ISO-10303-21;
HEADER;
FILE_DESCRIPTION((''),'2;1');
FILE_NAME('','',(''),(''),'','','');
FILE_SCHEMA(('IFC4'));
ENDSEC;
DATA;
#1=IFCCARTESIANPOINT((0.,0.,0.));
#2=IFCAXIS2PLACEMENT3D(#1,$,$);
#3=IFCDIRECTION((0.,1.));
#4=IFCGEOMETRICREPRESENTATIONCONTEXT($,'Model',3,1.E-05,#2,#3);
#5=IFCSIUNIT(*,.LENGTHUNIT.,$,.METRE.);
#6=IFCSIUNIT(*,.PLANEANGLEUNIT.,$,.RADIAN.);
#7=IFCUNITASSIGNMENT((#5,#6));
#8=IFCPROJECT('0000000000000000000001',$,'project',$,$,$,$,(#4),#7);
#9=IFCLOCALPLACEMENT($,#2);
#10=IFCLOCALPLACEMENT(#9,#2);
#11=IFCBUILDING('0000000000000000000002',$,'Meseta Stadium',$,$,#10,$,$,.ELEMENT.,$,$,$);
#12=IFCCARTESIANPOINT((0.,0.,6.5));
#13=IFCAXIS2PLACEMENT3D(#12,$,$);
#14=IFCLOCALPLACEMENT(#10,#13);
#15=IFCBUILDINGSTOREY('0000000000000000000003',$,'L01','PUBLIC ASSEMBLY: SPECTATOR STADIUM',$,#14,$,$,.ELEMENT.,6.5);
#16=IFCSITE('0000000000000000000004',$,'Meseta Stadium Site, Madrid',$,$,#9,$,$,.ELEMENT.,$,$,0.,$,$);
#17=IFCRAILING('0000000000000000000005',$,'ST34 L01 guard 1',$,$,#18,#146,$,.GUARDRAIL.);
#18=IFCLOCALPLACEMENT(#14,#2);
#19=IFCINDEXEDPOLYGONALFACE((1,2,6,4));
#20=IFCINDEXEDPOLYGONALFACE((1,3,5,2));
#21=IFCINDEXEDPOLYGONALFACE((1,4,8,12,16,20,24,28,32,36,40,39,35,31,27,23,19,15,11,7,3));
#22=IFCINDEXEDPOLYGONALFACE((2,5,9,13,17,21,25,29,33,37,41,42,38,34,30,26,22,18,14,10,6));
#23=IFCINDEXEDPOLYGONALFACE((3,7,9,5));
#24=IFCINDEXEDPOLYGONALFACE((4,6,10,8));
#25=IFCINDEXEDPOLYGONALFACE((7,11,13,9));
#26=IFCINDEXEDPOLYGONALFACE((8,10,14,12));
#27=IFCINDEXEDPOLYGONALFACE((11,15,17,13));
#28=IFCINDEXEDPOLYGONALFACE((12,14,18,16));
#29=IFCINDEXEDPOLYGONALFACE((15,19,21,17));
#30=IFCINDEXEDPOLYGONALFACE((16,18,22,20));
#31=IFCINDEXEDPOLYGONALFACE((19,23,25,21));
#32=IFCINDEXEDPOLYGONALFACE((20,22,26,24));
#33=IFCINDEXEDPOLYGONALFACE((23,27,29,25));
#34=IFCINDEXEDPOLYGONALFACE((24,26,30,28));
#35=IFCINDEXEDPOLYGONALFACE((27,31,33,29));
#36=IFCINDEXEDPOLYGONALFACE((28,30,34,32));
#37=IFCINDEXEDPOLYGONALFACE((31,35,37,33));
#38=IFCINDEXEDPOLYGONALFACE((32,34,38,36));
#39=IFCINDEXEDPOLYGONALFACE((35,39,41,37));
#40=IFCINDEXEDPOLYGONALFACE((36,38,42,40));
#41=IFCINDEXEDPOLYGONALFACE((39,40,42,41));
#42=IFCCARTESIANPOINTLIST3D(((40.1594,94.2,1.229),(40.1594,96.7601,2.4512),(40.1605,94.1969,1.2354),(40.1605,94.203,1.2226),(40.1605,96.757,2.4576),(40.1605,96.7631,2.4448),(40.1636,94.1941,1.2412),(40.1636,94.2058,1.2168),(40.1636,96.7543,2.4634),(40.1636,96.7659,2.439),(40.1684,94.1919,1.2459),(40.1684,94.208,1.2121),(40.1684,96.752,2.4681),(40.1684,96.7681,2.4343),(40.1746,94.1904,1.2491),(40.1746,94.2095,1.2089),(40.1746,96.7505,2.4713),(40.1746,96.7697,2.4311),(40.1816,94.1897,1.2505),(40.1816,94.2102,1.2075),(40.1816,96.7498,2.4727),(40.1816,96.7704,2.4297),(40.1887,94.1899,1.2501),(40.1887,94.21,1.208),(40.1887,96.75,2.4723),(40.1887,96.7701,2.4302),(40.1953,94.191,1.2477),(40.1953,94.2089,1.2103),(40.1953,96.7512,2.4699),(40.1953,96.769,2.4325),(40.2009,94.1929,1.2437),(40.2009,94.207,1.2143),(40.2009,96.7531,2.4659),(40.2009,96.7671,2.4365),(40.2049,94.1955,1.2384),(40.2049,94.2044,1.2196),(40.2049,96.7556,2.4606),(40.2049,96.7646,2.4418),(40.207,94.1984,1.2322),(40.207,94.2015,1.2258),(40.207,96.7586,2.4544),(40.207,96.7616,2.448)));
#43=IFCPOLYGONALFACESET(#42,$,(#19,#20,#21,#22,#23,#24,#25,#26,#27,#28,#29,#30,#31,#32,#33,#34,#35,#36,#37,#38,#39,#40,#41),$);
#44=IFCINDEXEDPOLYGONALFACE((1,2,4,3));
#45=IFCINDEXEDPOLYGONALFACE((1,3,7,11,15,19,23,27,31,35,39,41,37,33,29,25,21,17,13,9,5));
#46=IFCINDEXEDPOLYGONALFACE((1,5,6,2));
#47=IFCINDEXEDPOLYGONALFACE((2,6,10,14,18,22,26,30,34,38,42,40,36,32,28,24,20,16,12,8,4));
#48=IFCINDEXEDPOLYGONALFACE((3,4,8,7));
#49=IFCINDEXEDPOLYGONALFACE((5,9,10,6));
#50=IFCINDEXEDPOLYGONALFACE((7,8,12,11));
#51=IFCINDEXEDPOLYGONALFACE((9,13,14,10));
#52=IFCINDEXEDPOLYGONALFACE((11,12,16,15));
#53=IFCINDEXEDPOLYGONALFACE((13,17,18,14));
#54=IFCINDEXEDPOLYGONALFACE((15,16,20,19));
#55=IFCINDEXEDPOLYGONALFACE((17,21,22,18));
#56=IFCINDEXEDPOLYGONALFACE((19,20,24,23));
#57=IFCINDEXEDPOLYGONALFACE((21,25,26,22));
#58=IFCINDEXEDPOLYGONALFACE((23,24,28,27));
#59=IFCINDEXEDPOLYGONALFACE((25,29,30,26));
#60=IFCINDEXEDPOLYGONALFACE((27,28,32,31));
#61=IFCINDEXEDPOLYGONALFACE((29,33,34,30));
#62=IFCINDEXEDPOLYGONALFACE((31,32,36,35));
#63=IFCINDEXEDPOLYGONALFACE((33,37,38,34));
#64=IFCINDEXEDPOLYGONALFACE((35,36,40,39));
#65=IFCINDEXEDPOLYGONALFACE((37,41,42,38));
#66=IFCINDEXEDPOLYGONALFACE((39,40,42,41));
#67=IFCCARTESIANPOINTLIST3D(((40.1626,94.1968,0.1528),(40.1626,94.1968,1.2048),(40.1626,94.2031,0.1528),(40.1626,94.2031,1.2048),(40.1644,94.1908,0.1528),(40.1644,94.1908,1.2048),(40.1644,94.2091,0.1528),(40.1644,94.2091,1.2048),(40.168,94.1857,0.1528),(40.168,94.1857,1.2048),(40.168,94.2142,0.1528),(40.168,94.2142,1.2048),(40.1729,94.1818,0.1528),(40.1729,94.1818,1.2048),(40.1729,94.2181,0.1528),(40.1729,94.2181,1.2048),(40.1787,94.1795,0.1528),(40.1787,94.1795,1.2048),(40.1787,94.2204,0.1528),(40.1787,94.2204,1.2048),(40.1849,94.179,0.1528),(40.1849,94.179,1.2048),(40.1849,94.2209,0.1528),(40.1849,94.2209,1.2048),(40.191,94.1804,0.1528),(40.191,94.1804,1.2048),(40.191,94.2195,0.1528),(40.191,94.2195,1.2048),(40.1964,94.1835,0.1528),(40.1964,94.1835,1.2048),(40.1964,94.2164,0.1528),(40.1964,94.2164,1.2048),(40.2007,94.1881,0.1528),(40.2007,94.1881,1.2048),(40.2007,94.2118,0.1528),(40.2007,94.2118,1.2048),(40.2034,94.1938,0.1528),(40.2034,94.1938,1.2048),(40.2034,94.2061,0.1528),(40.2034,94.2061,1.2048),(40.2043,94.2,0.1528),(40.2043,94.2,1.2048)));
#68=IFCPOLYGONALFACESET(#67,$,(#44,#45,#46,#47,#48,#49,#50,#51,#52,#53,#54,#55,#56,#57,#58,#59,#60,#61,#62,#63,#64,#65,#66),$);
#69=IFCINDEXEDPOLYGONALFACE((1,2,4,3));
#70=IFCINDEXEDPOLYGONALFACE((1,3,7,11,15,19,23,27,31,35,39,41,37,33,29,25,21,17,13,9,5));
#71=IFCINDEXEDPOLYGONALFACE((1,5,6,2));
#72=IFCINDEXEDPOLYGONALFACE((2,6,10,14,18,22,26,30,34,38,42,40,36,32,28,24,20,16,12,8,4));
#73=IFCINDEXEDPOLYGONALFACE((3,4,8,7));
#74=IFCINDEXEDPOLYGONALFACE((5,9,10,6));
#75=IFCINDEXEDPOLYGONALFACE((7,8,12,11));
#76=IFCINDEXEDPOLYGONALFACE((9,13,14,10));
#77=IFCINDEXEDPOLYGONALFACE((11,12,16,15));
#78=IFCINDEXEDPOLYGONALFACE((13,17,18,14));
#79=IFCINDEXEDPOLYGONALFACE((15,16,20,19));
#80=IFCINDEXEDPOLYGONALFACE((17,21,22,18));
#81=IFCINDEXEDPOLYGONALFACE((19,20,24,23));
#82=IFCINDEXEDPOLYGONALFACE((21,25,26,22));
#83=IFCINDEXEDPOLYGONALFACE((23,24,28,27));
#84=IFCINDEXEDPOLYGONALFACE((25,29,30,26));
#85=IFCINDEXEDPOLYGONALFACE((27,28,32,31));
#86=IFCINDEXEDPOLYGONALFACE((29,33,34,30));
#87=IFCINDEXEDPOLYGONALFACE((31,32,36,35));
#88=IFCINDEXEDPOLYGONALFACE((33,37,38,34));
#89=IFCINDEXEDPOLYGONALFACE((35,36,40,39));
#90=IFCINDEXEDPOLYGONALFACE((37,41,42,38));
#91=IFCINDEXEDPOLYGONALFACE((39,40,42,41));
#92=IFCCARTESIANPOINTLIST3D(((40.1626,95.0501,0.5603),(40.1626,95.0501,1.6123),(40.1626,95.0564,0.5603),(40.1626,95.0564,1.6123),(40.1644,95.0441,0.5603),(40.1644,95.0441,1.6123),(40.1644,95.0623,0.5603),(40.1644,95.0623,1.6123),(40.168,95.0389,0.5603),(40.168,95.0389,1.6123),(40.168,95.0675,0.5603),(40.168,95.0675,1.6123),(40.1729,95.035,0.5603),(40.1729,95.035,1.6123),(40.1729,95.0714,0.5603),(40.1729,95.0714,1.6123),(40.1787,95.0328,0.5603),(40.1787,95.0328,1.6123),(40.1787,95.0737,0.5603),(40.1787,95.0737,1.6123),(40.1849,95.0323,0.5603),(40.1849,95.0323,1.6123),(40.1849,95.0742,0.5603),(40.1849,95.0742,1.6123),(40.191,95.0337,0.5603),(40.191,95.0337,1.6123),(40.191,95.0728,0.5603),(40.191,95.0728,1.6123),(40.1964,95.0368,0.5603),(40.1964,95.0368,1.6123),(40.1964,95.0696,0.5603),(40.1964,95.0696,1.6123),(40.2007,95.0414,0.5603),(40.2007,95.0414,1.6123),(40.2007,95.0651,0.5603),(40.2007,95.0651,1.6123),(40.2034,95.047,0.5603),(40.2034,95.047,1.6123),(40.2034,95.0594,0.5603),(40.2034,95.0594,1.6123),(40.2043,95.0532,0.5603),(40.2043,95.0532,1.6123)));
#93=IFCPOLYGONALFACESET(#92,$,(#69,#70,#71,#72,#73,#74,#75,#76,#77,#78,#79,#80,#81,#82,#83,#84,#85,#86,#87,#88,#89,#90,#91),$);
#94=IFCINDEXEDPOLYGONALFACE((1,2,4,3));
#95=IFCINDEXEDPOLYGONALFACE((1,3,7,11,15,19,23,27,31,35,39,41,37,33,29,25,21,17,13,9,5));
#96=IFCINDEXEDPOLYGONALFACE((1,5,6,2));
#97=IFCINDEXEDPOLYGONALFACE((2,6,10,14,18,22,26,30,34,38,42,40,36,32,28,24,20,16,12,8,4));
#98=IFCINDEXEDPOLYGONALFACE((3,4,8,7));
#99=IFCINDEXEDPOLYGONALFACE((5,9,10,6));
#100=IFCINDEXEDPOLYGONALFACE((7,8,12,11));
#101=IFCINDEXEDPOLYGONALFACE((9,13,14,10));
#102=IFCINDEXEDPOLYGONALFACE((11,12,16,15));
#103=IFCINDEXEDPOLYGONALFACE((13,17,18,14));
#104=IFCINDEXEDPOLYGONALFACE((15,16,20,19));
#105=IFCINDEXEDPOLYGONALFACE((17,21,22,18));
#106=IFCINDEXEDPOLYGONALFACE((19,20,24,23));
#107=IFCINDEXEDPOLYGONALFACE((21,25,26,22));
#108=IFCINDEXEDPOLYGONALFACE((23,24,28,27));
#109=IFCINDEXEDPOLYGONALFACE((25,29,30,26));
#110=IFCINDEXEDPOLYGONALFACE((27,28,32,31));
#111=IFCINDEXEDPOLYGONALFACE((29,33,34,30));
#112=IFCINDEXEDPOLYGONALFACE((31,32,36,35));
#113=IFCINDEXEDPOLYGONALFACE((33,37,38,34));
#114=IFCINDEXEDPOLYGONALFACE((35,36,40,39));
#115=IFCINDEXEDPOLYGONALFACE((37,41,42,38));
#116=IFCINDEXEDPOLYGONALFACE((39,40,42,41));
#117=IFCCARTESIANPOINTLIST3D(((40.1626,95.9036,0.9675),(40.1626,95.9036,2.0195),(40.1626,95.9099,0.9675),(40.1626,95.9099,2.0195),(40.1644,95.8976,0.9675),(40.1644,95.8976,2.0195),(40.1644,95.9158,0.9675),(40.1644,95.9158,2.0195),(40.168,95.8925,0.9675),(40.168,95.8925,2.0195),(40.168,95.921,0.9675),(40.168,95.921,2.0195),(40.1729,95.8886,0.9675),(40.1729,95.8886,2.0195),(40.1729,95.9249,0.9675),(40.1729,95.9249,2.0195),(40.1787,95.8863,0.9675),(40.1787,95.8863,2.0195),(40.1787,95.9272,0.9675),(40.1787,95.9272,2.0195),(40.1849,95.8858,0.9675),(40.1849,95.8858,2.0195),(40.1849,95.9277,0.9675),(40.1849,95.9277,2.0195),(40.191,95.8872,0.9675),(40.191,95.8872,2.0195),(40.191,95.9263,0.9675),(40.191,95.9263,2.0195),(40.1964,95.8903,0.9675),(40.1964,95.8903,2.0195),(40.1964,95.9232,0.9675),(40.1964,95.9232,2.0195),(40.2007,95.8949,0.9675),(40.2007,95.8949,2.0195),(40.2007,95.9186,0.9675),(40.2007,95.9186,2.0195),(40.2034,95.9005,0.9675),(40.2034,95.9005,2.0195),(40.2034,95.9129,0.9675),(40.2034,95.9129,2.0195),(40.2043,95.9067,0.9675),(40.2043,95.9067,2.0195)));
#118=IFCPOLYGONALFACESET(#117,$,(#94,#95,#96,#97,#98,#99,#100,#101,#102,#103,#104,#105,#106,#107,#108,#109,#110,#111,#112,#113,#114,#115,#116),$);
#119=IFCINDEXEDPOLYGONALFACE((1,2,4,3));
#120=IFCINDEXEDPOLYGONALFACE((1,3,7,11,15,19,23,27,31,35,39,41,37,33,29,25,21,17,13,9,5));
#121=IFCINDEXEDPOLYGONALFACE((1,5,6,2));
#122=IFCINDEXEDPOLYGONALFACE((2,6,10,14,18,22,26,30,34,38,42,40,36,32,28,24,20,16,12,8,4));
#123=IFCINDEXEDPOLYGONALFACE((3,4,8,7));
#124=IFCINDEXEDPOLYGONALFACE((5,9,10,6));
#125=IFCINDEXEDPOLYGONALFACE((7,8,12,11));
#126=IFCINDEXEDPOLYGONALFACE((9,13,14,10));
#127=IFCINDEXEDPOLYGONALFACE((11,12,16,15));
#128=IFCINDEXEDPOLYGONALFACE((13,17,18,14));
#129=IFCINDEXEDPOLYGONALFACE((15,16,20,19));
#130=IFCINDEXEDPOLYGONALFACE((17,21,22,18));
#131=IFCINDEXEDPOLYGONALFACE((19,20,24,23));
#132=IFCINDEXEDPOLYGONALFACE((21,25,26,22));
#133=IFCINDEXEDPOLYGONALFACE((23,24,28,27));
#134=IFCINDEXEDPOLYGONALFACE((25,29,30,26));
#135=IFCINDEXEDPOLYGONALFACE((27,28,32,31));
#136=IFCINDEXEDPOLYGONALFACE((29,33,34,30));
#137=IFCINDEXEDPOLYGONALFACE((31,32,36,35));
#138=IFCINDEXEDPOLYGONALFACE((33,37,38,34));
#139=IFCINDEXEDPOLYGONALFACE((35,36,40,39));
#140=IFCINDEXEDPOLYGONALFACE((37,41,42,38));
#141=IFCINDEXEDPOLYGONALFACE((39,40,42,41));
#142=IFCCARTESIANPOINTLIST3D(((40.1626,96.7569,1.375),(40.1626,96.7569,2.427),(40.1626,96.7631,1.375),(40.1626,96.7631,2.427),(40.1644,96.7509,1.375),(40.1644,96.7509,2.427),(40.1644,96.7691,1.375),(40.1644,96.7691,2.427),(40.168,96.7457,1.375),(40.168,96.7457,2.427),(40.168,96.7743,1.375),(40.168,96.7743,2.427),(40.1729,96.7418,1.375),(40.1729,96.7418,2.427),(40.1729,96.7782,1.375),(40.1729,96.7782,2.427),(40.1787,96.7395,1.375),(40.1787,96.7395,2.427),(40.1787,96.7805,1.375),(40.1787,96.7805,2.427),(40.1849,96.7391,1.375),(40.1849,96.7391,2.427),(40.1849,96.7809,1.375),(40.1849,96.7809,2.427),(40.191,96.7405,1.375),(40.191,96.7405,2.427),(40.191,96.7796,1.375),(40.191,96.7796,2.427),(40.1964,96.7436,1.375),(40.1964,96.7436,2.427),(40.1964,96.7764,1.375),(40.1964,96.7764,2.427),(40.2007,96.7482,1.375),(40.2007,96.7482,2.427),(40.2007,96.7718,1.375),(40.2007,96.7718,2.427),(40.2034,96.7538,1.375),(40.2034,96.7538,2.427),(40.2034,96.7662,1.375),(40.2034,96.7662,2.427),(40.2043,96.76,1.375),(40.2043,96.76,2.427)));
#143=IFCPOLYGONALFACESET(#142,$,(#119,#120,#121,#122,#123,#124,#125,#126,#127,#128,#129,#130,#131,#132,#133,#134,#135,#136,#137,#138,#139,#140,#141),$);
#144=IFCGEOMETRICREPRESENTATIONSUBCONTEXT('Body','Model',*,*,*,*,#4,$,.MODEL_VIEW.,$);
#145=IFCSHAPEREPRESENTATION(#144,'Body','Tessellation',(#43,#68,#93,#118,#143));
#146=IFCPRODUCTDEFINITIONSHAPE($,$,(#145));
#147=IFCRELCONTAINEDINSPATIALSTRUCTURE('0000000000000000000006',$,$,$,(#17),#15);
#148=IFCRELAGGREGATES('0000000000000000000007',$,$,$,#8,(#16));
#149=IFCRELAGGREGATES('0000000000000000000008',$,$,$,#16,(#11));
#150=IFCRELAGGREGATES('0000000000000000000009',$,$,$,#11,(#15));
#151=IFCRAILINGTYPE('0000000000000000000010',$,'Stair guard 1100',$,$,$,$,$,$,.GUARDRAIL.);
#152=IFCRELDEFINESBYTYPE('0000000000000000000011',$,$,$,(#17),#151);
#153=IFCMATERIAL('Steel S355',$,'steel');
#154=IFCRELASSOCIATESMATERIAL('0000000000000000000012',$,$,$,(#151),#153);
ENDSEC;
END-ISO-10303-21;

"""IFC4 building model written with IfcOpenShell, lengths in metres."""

from ifc_helpers import new_model, si_unit, direction, frame, origin, origin_2d, place, context, subcontext, project, spatial, circle, extrude, material, type_object, element, save


model = new_model("IFC4")

# Units and contexts
model_context = context("Model", 3, precision=1e-05, world=origin(), true_north=direction((0.0, 1.0)))
body_context = subcontext(model_context, "Body", "Model", "MODEL_VIEW")
ifc_project = project(units=[si_unit("LENGTHUNIT", "METRE"), si_unit("PLANEANGLEUNIT", "RADIAN")], contexts=[model_context])

# Site, building, storey
site_placement = place(None, origin())
site = spatial("IfcSite", under=ifc_project, at=site_placement, Name="Meseta Stadium Site, Madrid", CompositionType="ELEMENT", RefElevation=0.0)
building_placement = place(site_placement, origin())
building = spatial("IfcBuilding", under=site, at=building_placement, Name="Meseta Stadium", CompositionType="ELEMENT")
storey_placement = place(building_placement, frame((0.0, 0.0, 6.5)))
storey = spatial("IfcBuildingStorey", under=building, at=storey_placement, Name="L01", Description="PUBLIC ASSEMBLY: SPECTATOR STADIUM", CompositionType="ELEMENT", Elevation=6.5)

# Railing
ifc_material_1 = material(Name="Steel S355", Category="steel")
railing_type_1 = type_object("IfcRailingType", Name="Stair guard 1100", PredefinedType="GUARDRAIL", material=ifc_material_1)
railing_1_placement = place(storey_placement, frame((40.1833, 94.2, 0.1528)))
element("IfcRailing", 1, at=railing_1_placement, inside=storey, type_object=railing_type_1, Name="ST34 L01 guard 1", PredefinedType="GUARDRAIL", context=body_context, shape_type="SweptSolid", body=[
    extrude(circle(Radius=0.0239, at=origin_2d()), frame((0.0, 0.0, 1.0762), z_axis=(0.0, 0.902437, 0.430822), x_axis=(-1.0, 0.0, 0.0)), (0.0, 0.0, 1.0), 2.8369),
    extrude(circle(Radius=0.021, at=origin_2d()), origin(), (0.0, 0.0, 1.0), 1.052),
    extrude(circle(Radius=0.021, at=origin_2d()), frame((0.0, 0.8533, 0.4075)), (0.0, 0.0, 1.0), 1.052),
    extrude(circle(Radius=0.021, at=origin_2d()), frame((0.0, 1.7068, 0.8147)), (0.0, 0.0, 1.0), 1.052),
    extrude(circle(Radius=0.021, at=origin_2d()), frame((0.0, 2.5601, 1.2222)), (0.0, 0.0, 1.0), 1.052),
])

save(model, "model.ifc")
